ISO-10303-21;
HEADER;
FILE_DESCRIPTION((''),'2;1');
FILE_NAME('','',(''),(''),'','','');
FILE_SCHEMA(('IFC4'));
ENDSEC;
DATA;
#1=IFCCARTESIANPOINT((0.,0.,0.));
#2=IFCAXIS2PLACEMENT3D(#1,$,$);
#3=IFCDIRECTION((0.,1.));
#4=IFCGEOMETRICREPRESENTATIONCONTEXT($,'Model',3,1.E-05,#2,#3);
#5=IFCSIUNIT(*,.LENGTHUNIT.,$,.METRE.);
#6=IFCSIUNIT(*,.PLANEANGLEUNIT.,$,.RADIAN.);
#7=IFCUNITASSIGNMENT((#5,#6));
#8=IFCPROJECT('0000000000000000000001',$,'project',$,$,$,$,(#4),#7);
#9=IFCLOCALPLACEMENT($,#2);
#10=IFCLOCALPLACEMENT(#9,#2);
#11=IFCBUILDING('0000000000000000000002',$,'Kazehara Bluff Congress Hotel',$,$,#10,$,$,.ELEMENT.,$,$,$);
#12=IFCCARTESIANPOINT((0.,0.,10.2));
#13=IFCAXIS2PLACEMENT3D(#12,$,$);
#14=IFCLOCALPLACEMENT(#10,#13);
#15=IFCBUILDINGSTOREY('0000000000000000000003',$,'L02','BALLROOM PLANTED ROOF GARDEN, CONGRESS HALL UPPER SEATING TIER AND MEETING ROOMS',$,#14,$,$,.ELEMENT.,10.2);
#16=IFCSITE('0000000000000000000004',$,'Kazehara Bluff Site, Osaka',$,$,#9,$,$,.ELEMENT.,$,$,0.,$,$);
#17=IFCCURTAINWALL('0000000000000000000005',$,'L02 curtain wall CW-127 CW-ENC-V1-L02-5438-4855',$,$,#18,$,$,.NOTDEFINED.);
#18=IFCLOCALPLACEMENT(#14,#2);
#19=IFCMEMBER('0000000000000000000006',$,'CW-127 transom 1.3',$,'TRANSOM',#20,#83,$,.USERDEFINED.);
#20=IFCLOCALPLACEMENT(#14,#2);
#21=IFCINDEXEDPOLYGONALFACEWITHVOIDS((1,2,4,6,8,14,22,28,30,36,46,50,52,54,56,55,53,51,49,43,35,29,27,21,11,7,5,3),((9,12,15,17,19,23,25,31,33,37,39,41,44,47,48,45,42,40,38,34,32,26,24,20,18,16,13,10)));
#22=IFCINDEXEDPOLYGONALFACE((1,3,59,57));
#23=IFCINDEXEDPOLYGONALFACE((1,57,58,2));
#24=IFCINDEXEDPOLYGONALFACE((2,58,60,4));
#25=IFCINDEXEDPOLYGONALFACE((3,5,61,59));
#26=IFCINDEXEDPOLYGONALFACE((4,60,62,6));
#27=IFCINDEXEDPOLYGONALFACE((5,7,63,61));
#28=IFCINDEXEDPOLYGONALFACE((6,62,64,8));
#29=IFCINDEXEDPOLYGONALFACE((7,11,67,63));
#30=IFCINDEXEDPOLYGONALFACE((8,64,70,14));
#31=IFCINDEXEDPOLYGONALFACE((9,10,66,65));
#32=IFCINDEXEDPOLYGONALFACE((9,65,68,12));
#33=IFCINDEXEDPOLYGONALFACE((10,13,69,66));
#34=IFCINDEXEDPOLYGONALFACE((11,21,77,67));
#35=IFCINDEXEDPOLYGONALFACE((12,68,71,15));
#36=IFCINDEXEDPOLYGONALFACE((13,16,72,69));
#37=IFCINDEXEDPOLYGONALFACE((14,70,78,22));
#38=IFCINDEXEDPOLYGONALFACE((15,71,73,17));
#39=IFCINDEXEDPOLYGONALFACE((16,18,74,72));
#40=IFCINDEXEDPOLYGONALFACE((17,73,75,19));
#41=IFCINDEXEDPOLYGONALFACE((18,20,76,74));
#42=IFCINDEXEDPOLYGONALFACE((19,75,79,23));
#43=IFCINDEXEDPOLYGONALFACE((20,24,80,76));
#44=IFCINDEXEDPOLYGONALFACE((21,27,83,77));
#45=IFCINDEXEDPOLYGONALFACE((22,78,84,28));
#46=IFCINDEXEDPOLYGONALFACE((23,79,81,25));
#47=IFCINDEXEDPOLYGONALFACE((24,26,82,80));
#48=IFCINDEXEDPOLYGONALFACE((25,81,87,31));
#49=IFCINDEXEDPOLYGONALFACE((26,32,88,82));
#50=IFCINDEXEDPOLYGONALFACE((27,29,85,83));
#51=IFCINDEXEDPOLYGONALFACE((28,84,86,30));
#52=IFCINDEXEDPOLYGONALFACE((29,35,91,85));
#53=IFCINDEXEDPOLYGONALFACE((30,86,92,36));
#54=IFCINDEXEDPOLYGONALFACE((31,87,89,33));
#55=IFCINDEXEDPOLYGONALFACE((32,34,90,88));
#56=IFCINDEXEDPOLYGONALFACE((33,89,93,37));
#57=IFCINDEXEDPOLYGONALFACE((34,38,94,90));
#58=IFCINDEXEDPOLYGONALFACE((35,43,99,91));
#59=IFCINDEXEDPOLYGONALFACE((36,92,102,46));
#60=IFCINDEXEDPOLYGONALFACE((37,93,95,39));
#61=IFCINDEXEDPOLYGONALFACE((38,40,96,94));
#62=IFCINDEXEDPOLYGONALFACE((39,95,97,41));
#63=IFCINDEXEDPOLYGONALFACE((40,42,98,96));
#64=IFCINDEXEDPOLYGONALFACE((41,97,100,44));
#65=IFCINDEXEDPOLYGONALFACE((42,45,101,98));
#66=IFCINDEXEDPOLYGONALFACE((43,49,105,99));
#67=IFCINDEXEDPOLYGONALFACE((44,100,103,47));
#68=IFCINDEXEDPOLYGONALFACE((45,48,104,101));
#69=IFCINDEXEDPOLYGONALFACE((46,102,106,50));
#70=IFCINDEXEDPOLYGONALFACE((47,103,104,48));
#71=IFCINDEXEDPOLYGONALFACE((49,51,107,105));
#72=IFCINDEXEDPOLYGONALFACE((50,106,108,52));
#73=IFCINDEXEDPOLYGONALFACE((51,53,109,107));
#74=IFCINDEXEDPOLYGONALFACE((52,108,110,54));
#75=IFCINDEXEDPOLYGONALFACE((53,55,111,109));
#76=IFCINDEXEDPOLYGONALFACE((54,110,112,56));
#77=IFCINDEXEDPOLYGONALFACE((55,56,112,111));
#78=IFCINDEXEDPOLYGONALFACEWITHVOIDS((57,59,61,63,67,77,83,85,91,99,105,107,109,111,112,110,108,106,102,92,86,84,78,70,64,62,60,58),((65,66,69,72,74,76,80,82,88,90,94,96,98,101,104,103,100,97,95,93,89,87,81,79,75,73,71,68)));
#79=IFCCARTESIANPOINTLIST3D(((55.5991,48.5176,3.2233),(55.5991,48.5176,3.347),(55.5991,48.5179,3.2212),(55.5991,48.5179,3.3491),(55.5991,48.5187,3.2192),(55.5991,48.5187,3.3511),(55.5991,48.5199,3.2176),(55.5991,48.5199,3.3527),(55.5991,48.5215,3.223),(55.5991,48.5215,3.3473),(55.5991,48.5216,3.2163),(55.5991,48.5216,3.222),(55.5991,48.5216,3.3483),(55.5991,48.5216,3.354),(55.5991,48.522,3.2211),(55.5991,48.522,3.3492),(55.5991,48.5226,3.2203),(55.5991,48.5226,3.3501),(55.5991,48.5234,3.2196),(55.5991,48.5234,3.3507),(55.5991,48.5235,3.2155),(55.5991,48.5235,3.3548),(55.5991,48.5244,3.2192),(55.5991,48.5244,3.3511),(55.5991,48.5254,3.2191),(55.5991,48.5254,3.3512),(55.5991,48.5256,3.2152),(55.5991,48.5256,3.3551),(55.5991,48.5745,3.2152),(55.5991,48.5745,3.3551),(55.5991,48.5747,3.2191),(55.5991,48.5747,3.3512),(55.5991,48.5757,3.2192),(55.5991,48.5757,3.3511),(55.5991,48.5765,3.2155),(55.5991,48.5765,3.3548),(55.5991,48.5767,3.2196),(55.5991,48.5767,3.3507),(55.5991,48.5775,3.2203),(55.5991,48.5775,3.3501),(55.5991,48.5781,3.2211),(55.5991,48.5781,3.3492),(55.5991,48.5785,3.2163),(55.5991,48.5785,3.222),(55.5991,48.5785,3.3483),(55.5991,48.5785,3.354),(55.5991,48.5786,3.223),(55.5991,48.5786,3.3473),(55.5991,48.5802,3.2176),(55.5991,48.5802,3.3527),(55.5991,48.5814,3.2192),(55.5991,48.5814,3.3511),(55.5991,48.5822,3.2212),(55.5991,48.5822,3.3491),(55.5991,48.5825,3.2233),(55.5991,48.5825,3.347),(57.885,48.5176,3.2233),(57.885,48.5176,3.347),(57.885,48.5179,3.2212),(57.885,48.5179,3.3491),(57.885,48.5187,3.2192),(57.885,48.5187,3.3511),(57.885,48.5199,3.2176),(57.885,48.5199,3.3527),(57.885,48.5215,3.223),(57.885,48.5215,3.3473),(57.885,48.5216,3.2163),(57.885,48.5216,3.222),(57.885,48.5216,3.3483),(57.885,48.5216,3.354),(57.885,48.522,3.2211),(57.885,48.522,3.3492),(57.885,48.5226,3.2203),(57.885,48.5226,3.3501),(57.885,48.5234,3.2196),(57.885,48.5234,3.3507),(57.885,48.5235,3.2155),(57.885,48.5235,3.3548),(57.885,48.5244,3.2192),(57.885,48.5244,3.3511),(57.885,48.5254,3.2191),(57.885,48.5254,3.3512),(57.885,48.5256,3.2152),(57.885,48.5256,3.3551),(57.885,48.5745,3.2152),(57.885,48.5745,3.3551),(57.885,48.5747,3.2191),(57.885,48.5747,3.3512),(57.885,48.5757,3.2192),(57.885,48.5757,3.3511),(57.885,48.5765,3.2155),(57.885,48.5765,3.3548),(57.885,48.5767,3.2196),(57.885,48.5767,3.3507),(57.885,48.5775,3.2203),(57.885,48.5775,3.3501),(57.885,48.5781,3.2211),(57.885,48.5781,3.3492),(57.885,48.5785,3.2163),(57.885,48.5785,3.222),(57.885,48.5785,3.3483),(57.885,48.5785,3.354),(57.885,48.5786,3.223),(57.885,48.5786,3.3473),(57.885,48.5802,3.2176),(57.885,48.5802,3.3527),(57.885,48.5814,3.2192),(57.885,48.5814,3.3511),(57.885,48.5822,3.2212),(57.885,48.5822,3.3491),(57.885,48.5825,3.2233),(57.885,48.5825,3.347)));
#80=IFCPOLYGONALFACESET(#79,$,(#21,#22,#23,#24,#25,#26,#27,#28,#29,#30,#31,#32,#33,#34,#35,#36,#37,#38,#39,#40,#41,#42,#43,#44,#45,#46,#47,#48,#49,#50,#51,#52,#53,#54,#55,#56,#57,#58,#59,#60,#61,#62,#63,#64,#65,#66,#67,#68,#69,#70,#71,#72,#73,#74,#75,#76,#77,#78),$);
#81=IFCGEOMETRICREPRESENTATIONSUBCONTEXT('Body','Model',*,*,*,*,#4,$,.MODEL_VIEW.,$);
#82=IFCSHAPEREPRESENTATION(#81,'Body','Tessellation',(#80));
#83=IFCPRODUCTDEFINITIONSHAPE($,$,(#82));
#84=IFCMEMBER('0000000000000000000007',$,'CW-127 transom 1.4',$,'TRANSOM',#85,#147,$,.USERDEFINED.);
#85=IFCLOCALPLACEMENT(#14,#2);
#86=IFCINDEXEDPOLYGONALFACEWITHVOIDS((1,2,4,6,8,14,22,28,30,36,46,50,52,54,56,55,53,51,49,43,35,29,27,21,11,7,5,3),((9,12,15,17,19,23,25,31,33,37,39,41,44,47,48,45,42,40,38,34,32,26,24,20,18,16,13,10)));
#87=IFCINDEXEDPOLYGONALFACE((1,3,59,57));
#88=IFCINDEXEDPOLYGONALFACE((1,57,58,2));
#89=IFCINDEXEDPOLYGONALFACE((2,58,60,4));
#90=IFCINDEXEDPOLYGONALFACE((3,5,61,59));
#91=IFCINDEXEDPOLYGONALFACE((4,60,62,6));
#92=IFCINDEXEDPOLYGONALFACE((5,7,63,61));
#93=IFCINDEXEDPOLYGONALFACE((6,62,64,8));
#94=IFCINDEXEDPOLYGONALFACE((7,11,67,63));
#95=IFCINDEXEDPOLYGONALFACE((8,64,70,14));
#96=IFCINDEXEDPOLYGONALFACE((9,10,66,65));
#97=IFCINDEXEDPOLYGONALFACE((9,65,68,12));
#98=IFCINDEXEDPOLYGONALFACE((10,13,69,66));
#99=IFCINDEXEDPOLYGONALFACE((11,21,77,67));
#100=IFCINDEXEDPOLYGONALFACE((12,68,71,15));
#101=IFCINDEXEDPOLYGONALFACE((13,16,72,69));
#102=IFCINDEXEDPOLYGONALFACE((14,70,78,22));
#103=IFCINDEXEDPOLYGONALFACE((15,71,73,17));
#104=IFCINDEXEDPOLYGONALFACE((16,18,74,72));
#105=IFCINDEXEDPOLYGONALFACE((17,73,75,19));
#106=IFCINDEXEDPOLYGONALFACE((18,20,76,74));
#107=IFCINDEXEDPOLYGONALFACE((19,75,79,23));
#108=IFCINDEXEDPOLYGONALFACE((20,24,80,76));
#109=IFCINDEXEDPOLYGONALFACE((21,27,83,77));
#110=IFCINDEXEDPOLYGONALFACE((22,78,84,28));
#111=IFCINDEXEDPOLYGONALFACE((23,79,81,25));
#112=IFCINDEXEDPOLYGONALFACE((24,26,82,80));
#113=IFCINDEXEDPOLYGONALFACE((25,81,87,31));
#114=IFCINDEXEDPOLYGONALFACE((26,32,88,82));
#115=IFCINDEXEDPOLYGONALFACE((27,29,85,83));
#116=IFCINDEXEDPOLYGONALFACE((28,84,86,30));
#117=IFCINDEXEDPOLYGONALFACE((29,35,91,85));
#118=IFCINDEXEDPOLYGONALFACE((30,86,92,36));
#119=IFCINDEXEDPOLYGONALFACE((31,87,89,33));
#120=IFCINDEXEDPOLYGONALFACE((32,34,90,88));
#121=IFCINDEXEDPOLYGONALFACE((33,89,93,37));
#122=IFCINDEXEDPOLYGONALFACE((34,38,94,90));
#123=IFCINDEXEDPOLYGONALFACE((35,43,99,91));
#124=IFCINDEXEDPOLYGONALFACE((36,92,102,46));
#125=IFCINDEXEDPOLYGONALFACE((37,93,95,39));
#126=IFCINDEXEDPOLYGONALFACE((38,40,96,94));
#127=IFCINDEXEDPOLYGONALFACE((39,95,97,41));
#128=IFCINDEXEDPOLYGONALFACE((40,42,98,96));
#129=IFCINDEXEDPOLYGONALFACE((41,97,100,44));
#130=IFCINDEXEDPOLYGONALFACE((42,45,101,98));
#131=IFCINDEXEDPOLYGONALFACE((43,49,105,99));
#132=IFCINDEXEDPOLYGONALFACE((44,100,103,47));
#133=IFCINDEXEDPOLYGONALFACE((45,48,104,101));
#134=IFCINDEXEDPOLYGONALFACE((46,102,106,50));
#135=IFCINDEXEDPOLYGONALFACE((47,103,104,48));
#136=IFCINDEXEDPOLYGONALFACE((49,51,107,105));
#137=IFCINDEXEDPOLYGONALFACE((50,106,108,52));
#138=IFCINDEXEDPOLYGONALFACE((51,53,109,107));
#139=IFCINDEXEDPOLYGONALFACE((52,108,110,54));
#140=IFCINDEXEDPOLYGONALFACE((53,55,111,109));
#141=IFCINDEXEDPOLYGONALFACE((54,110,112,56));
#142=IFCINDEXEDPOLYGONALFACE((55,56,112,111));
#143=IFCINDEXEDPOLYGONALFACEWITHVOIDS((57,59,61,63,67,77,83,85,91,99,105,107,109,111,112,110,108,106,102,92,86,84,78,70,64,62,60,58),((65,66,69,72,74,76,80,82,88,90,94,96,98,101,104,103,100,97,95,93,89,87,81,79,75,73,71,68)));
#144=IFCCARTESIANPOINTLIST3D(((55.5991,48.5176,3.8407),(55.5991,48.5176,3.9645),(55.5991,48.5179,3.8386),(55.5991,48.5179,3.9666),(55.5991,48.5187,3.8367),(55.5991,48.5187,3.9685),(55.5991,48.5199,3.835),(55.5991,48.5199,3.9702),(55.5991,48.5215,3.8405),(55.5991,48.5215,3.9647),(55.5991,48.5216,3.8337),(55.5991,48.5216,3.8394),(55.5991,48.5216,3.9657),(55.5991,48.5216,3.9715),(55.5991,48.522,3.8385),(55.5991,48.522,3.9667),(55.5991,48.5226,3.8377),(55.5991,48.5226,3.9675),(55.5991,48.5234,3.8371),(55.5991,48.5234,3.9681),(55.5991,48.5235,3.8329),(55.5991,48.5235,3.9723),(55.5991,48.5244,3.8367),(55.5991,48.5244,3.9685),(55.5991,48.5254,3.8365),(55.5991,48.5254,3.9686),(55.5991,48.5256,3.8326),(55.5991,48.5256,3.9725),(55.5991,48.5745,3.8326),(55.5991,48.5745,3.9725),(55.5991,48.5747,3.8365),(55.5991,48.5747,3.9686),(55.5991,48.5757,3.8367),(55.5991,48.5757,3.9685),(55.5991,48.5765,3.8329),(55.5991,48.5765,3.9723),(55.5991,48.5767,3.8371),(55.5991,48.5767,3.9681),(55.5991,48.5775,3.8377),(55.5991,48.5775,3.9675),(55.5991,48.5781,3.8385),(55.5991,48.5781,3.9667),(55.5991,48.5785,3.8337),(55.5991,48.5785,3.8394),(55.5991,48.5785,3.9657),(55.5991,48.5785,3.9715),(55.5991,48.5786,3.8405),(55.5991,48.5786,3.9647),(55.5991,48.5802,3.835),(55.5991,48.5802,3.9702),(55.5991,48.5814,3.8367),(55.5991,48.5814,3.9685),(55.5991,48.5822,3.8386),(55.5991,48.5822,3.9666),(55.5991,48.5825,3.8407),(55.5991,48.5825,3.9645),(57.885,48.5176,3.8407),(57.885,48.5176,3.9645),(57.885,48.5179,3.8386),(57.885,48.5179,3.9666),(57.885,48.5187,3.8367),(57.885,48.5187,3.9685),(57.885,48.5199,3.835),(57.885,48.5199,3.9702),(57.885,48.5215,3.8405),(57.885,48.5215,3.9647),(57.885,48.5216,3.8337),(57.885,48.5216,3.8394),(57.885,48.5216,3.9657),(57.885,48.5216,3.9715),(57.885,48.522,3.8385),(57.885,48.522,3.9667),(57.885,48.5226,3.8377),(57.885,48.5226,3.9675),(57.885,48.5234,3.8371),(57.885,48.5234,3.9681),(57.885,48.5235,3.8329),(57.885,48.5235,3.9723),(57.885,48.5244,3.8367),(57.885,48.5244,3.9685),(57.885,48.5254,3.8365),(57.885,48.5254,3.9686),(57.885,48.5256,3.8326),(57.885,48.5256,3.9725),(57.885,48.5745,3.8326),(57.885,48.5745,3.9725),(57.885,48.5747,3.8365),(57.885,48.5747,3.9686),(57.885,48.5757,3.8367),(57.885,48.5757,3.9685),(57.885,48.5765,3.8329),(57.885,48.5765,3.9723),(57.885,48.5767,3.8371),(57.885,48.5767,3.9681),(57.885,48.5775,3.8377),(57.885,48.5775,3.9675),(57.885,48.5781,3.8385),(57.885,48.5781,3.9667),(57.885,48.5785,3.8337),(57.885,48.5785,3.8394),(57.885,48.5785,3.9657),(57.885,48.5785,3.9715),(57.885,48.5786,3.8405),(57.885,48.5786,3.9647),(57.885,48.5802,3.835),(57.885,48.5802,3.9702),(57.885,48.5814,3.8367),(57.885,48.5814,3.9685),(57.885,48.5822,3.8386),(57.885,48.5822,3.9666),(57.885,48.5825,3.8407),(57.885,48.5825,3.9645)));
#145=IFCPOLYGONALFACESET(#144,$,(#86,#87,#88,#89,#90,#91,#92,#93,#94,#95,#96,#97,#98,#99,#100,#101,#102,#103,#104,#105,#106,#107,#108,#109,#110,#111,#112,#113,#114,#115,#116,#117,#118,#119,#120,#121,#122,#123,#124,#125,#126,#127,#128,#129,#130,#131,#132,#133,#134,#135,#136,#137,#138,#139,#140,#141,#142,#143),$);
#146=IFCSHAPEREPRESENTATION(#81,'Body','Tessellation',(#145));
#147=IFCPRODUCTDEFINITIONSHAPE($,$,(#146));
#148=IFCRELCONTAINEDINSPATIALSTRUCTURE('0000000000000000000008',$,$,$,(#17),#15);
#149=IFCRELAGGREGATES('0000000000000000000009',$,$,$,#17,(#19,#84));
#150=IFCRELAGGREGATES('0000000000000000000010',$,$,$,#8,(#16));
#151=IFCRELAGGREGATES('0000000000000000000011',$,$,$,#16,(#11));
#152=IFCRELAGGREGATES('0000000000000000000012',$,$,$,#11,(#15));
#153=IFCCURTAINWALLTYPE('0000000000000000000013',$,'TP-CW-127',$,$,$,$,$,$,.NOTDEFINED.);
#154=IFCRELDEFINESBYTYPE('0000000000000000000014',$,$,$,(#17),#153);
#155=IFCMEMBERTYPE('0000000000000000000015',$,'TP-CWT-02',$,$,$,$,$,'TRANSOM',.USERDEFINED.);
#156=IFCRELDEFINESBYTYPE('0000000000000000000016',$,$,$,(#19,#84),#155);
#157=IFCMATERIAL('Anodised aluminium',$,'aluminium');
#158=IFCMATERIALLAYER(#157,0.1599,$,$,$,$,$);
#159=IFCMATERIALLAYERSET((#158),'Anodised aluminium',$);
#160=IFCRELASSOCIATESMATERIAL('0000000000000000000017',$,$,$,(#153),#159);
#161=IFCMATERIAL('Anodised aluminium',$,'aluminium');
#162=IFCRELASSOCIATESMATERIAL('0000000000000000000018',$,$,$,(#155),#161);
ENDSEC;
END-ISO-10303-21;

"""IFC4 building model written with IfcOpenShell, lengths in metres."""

from ifc_helpers import new_model, si_unit, direction, frame, origin, origin_2d, place, context, subcontext, project, spatial, hollow_rectangle, extrude, material, layer, layer_set, material_profile, profile_set, type_object, element, aggregate, save


model = new_model("IFC4")

# Units and contexts
model_context = context("Model", 3, precision=1e-05, world=origin(), true_north=direction((0.0, 1.0)))
body_context = subcontext(model_context, "Body", "Model", "MODEL_VIEW")
ifc_project = project(units=[si_unit("LENGTHUNIT", "METRE"), si_unit("PLANEANGLEUNIT", "RADIAN")], contexts=[model_context])

# Site, building, storey
site_placement = place(None, origin())
site = spatial("IfcSite", under=ifc_project, at=site_placement, Name="Kazehara Bluff Site, Osaka", CompositionType="ELEMENT", RefElevation=0.0)
building_placement = place(site_placement, origin())
building = spatial("IfcBuilding", under=site, at=building_placement, Name="Kazehara Bluff Congress Hotel", CompositionType="ELEMENT")
storey_placement = place(building_placement, frame((0.0, 0.0, 10.2)))
storey = spatial("IfcBuildingStorey", under=building, at=storey_placement, Name="L02", Description="BALLROOM PLANTED ROOF GARDEN, CONGRESS HALL UPPER SEATING TIER AND MEETING ROOMS", CompositionType="ELEMENT", Elevation=10.2)

# Curtain wall
ifc_material_1 = material(Name="Anodised aluminium", Category="aluminium")
ifc_layer_1 = layer(ifc_material_1, 0.1599)
ifc_layer_set_1 = layer_set([ifc_layer_1], Name="Anodised aluminium")
curtain_wall_type_1 = type_object("IfcCurtainWallType", Name="TP-CW-127", PredefinedType="NOTDEFINED", material=ifc_layer_set_1)
curtain_wall_1_placement = place(storey_placement, origin())
curtain_wall_1 = element("IfcCurtainWall", 1, at=curtain_wall_1_placement, inside=storey, type_object=curtain_wall_type_1, Name="L02 curtain wall CW-127 CW-ENC-V1-L02-5438-4855", PredefinedType="NOTDEFINED")

# Members
ifc_material_2 = material(Name="Anodised aluminium", Category="aluminium")
ifc_material_profile_1 = material_profile(ifc_material_2, hollow_rectangle(XDim=0.0649, YDim=0.1399, WallThickness=0.0039, InnerFilletRadius=0.0039, OuterFilletRadius=0.0081, at=origin_2d()))
ifc_profile_set_1 = profile_set([ifc_material_profile_1], Name="Anodised aluminium")
member_type_1 = type_object("IfcMemberType", Name="TP-CWT-02", ElementType="TRANSOM", PredefinedType="USERDEFINED", material=ifc_profile_set_1)
member_1_placement = place(storey_placement, frame((57.885, 48.55, 3.2852), z_axis=(-1.0, 0.0, 0.0), x_axis=(0.0, -1.0, 0.0)))
member_1 = element("IfcMember", 2, at=member_1_placement, type_object=member_type_1, Name="CW-127 transom 1.3", ObjectType="TRANSOM", PredefinedType="USERDEFINED", context=body_context, shape_type="SweptSolid", body=[
    extrude(hollow_rectangle(XDim=0.0649, YDim=0.1399, WallThickness=0.0039, InnerFilletRadius=0.0039, OuterFilletRadius=0.0081, at=origin_2d()), origin(), (0.0, 0.0, 1.0), 2.2859),
])
member_2_placement = place(storey_placement, frame((57.885, 48.55, 3.9026), z_axis=(-1.0, 0.0, 0.0), x_axis=(0.0, -1.0, 0.0)))
member_2 = element("IfcMember", 3, at=member_2_placement, type_object=member_type_1, Name="CW-127 transom 1.4", ObjectType="TRANSOM", PredefinedType="USERDEFINED", context=body_context, shape_type="SweptSolid", body=[
    extrude(hollow_rectangle(XDim=0.0649, YDim=0.1399, WallThickness=0.0039, InnerFilletRadius=0.0039, OuterFilletRadius=0.0081, at=origin_2d()), origin(), (0.0, 0.0, 1.0), 2.2859),
])

aggregate(curtain_wall_1, [member_1, member_2])

save(model, "model.ifc")
